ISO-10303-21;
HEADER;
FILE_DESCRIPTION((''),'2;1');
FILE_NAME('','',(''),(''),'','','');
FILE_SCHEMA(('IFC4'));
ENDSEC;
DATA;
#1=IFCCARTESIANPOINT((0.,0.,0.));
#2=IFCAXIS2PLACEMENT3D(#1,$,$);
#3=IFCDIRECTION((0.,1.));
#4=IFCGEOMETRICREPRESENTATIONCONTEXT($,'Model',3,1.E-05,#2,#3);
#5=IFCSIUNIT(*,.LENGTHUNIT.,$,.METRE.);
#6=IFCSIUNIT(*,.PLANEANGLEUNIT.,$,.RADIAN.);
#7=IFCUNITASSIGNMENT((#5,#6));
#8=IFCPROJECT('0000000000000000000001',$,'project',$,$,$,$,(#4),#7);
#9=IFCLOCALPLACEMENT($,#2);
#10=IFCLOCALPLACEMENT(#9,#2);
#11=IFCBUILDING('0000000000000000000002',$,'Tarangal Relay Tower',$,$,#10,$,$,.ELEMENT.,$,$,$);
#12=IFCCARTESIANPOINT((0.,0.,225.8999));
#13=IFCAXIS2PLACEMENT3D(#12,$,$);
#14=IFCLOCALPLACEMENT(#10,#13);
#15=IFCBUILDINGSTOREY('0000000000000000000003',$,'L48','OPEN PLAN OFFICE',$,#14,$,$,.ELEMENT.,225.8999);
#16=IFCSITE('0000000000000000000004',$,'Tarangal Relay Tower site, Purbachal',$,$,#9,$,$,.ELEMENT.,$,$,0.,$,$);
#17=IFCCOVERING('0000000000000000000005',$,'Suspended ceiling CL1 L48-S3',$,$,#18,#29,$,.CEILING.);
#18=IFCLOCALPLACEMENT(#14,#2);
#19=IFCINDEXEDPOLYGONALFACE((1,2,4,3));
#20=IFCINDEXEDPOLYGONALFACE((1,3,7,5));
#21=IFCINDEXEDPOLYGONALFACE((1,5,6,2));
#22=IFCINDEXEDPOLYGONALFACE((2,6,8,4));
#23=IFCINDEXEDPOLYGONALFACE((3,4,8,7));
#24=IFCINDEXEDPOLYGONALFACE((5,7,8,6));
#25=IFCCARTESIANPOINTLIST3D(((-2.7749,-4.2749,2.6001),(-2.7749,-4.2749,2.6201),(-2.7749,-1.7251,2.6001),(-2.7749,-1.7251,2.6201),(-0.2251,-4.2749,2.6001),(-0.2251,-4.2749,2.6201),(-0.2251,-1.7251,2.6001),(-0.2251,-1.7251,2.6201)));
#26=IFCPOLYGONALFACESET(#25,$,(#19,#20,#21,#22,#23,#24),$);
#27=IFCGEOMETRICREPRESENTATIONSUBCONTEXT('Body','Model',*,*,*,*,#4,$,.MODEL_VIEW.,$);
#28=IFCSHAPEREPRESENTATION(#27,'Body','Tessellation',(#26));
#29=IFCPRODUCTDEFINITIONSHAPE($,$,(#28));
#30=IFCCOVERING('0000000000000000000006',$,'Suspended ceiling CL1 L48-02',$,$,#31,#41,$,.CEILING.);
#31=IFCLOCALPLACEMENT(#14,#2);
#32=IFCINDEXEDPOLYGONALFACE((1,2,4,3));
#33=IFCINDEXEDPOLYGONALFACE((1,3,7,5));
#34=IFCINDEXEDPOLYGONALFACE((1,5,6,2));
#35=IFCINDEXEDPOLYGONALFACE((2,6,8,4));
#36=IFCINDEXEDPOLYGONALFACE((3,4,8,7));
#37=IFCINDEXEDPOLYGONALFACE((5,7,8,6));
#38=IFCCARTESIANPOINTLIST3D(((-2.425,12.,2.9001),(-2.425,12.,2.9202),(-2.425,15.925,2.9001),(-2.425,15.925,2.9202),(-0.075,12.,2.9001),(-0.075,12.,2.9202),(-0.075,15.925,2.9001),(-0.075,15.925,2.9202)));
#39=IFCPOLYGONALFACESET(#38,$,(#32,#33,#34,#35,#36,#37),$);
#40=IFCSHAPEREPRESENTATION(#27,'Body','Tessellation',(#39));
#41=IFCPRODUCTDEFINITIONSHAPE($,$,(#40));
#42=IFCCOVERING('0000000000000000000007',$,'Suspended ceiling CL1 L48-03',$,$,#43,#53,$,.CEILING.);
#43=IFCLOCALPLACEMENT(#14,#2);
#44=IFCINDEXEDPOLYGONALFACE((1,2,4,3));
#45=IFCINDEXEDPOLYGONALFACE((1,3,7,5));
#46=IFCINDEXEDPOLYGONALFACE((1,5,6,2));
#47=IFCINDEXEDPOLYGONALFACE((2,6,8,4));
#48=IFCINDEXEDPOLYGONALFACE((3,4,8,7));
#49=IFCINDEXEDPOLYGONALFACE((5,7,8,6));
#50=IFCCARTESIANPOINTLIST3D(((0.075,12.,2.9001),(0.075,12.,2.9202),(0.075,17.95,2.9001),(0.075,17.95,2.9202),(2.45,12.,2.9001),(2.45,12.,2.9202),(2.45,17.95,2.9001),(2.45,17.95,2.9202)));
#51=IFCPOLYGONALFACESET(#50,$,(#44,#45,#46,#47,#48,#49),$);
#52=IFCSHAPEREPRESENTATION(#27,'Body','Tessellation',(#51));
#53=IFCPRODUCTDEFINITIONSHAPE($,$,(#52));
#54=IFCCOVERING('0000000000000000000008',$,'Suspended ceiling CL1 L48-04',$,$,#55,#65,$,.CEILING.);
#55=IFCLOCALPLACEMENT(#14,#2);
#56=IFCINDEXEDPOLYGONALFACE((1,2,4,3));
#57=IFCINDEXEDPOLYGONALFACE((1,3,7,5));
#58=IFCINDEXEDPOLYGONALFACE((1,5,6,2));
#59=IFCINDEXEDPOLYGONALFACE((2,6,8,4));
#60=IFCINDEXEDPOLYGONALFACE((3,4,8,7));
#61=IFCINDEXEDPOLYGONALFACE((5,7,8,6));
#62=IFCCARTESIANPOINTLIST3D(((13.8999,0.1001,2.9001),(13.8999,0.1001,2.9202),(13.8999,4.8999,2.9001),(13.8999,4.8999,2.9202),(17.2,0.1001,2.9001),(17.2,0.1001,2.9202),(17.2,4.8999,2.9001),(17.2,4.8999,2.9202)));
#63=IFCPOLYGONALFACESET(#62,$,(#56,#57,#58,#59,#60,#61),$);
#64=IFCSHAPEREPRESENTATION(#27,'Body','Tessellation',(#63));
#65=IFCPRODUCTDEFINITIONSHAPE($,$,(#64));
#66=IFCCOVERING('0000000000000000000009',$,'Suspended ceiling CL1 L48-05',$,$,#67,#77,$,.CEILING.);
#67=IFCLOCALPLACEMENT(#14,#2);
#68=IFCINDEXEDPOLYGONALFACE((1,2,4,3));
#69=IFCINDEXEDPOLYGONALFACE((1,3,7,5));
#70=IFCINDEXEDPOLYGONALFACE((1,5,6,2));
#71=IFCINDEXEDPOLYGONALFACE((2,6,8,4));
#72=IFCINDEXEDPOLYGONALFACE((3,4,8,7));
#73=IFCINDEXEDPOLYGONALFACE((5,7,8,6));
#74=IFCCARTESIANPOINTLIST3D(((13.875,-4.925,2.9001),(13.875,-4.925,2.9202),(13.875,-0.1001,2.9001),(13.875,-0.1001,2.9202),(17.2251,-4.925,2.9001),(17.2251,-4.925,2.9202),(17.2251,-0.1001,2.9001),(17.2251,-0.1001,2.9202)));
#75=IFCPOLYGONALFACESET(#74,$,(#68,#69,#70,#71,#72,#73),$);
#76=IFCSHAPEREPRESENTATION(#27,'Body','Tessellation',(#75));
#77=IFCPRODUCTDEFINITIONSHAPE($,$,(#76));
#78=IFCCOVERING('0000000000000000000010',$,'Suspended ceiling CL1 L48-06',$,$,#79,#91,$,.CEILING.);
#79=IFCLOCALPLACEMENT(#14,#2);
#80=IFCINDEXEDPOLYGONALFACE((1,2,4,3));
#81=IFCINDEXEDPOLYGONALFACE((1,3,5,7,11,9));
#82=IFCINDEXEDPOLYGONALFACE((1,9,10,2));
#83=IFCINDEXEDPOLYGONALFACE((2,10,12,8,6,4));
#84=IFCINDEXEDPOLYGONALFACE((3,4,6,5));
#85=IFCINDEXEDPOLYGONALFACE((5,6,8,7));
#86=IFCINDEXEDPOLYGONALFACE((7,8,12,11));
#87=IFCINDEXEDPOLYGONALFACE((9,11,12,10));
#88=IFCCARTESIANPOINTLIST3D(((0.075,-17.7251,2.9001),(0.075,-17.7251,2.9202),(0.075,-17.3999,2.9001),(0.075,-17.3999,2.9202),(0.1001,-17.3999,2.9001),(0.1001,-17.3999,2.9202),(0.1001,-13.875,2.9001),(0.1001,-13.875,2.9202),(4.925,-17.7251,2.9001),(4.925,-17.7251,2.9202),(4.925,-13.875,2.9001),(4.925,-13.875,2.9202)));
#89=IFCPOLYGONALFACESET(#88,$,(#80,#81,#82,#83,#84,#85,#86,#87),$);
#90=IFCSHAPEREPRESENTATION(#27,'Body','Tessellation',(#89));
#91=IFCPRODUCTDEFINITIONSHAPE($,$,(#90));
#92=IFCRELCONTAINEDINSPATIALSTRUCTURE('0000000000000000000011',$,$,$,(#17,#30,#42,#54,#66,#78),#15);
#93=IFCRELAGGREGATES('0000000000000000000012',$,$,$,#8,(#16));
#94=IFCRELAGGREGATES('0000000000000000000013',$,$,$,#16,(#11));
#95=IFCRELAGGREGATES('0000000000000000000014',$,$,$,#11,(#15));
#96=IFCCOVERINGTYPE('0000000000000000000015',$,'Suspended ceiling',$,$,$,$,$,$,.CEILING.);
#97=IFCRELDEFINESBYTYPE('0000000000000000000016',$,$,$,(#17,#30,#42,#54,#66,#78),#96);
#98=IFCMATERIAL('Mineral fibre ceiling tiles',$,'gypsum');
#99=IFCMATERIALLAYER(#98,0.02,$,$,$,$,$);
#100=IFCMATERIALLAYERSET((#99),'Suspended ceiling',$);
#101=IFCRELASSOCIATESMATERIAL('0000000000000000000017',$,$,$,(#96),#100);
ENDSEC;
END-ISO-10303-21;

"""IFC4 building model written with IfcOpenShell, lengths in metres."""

from ifc_helpers import new_model, si_unit, direction, frame, origin, place, context, subcontext, project, spatial, polyline, outline, extrude, material, layer, layer_set, type_object, element, save


model = new_model("IFC4")

# Units and contexts
model_context = context("Model", 3, precision=1e-05, world=origin(), true_north=direction((0.0, 1.0)))
body_context = subcontext(model_context, "Body", "Model", "MODEL_VIEW")
ifc_project = project(units=[si_unit("LENGTHUNIT", "METRE"), si_unit("PLANEANGLEUNIT", "RADIAN")], contexts=[model_context])

# Site, building, storey
site_placement = place(None, origin())
site = spatial("IfcSite", under=ifc_project, at=site_placement, Name="Tarangal Relay Tower site, Purbachal", CompositionType="ELEMENT", RefElevation=0.0)
building_placement = place(site_placement, origin())
building = spatial("IfcBuilding", under=site, at=building_placement, Name="Tarangal Relay Tower", CompositionType="ELEMENT")
storey_placement = place(building_placement, frame((0.0, 0.0, 225.8999)))
storey = spatial("IfcBuildingStorey", under=building, at=storey_placement, Name="L48", Description="OPEN PLAN OFFICE", CompositionType="ELEMENT", Elevation=225.8999)

# Coverings
ifc_material_1 = material(Name="Mineral fibre ceiling tiles", Category="gypsum")
ifc_layer_1 = layer(ifc_material_1, 0.02)
ifc_layer_set_1 = layer_set([ifc_layer_1], Name="Suspended ceiling")
covering_type_1 = type_object("IfcCoveringType", Name="Suspended ceiling", PredefinedType="CEILING", material=ifc_layer_set_1)
covering_1_placement = place(storey_placement, frame((0.0, 0.0, 2.6001)))
element("IfcCovering", 1, at=covering_1_placement, inside=storey, type_object=covering_type_1, Name="Suspended ceiling CL1 L48-S3", PredefinedType="CEILING", context=body_context, shape_type="SweptSolid", body=[
    extrude(outline(polyline([(-2.7749, -4.2749), (-0.2251, -4.2749), (-0.2251, -1.7251), (-2.7749, -1.7251), (-2.7749, -4.2749)])), origin(), (0.0, 0.0, 1.0), 0.02),
])
covering_2_placement = place(storey_placement, frame((0.0, 0.0, 2.9001)))
element("IfcCovering", 2, at=covering_2_placement, inside=storey, type_object=covering_type_1, Name="Suspended ceiling CL1 L48-02", PredefinedType="CEILING", context=body_context, shape_type="SweptSolid", body=[
    extrude(outline(polyline([(-0.075, 12.0), (-0.075, 15.925), (-2.425, 15.925), (-2.425, 12.0), (-0.075, 12.0)])), origin(), (0.0, 0.0, 1.0), 0.02),
])
covering_3_placement = place(storey_placement, frame((0.0, 0.0, 2.9001)))
element("IfcCovering", 3, at=covering_3_placement, inside=storey, type_object=covering_type_1, Name="Suspended ceiling CL1 L48-03", PredefinedType="CEILING", context=body_context, shape_type="SweptSolid", body=[
    extrude(outline(polyline([(2.45, 12.0), (2.45, 17.95), (0.075, 17.95), (0.075, 12.0), (2.45, 12.0)])), origin(), (0.0, 0.0, 1.0), 0.02),
])
covering_4_placement = place(storey_placement, frame((0.0, 0.0, 2.9001)))
element("IfcCovering", 4, at=covering_4_placement, inside=storey, type_object=covering_type_1, Name="Suspended ceiling CL1 L48-04", PredefinedType="CEILING", context=body_context, shape_type="SweptSolid", body=[
    extrude(outline(polyline([(13.8999, 4.8999), (13.8999, 0.1001), (17.2, 0.1001), (17.2, 4.8999), (13.8999, 4.8999)])), origin(), (0.0, 0.0, 1.0), 0.02),
])
covering_5_placement = place(storey_placement, frame((0.0, 0.0, 2.9001)))
element("IfcCovering", 5, at=covering_5_placement, inside=storey, type_object=covering_type_1, Name="Suspended ceiling CL1 L48-05", PredefinedType="CEILING", context=body_context, shape_type="SweptSolid", body=[
    extrude(outline(polyline([(17.2251, -4.925), (17.2251, -0.1001), (13.875, -0.1001), (13.875, -4.925), (17.2251, -4.925)])), origin(), (0.0, 0.0, 1.0), 0.02),
])
covering_6_placement = place(storey_placement, frame((0.0, 0.0, 2.9001)))
element("IfcCovering", 6, at=covering_6_placement, inside=storey, type_object=covering_type_1, Name="Suspended ceiling CL1 L48-06", PredefinedType="CEILING", context=body_context, shape_type="SweptSolid", body=[
    extrude(outline(polyline([(0.075, -17.3999), (0.075, -17.7251), (4.925, -17.7251), (4.925, -13.875), (0.1001, -13.875), (0.1001, -17.3999), (0.075, -17.3999)])), origin(), (0.0, 0.0, 1.0), 0.02),
])

save(model, "model.ifc")
